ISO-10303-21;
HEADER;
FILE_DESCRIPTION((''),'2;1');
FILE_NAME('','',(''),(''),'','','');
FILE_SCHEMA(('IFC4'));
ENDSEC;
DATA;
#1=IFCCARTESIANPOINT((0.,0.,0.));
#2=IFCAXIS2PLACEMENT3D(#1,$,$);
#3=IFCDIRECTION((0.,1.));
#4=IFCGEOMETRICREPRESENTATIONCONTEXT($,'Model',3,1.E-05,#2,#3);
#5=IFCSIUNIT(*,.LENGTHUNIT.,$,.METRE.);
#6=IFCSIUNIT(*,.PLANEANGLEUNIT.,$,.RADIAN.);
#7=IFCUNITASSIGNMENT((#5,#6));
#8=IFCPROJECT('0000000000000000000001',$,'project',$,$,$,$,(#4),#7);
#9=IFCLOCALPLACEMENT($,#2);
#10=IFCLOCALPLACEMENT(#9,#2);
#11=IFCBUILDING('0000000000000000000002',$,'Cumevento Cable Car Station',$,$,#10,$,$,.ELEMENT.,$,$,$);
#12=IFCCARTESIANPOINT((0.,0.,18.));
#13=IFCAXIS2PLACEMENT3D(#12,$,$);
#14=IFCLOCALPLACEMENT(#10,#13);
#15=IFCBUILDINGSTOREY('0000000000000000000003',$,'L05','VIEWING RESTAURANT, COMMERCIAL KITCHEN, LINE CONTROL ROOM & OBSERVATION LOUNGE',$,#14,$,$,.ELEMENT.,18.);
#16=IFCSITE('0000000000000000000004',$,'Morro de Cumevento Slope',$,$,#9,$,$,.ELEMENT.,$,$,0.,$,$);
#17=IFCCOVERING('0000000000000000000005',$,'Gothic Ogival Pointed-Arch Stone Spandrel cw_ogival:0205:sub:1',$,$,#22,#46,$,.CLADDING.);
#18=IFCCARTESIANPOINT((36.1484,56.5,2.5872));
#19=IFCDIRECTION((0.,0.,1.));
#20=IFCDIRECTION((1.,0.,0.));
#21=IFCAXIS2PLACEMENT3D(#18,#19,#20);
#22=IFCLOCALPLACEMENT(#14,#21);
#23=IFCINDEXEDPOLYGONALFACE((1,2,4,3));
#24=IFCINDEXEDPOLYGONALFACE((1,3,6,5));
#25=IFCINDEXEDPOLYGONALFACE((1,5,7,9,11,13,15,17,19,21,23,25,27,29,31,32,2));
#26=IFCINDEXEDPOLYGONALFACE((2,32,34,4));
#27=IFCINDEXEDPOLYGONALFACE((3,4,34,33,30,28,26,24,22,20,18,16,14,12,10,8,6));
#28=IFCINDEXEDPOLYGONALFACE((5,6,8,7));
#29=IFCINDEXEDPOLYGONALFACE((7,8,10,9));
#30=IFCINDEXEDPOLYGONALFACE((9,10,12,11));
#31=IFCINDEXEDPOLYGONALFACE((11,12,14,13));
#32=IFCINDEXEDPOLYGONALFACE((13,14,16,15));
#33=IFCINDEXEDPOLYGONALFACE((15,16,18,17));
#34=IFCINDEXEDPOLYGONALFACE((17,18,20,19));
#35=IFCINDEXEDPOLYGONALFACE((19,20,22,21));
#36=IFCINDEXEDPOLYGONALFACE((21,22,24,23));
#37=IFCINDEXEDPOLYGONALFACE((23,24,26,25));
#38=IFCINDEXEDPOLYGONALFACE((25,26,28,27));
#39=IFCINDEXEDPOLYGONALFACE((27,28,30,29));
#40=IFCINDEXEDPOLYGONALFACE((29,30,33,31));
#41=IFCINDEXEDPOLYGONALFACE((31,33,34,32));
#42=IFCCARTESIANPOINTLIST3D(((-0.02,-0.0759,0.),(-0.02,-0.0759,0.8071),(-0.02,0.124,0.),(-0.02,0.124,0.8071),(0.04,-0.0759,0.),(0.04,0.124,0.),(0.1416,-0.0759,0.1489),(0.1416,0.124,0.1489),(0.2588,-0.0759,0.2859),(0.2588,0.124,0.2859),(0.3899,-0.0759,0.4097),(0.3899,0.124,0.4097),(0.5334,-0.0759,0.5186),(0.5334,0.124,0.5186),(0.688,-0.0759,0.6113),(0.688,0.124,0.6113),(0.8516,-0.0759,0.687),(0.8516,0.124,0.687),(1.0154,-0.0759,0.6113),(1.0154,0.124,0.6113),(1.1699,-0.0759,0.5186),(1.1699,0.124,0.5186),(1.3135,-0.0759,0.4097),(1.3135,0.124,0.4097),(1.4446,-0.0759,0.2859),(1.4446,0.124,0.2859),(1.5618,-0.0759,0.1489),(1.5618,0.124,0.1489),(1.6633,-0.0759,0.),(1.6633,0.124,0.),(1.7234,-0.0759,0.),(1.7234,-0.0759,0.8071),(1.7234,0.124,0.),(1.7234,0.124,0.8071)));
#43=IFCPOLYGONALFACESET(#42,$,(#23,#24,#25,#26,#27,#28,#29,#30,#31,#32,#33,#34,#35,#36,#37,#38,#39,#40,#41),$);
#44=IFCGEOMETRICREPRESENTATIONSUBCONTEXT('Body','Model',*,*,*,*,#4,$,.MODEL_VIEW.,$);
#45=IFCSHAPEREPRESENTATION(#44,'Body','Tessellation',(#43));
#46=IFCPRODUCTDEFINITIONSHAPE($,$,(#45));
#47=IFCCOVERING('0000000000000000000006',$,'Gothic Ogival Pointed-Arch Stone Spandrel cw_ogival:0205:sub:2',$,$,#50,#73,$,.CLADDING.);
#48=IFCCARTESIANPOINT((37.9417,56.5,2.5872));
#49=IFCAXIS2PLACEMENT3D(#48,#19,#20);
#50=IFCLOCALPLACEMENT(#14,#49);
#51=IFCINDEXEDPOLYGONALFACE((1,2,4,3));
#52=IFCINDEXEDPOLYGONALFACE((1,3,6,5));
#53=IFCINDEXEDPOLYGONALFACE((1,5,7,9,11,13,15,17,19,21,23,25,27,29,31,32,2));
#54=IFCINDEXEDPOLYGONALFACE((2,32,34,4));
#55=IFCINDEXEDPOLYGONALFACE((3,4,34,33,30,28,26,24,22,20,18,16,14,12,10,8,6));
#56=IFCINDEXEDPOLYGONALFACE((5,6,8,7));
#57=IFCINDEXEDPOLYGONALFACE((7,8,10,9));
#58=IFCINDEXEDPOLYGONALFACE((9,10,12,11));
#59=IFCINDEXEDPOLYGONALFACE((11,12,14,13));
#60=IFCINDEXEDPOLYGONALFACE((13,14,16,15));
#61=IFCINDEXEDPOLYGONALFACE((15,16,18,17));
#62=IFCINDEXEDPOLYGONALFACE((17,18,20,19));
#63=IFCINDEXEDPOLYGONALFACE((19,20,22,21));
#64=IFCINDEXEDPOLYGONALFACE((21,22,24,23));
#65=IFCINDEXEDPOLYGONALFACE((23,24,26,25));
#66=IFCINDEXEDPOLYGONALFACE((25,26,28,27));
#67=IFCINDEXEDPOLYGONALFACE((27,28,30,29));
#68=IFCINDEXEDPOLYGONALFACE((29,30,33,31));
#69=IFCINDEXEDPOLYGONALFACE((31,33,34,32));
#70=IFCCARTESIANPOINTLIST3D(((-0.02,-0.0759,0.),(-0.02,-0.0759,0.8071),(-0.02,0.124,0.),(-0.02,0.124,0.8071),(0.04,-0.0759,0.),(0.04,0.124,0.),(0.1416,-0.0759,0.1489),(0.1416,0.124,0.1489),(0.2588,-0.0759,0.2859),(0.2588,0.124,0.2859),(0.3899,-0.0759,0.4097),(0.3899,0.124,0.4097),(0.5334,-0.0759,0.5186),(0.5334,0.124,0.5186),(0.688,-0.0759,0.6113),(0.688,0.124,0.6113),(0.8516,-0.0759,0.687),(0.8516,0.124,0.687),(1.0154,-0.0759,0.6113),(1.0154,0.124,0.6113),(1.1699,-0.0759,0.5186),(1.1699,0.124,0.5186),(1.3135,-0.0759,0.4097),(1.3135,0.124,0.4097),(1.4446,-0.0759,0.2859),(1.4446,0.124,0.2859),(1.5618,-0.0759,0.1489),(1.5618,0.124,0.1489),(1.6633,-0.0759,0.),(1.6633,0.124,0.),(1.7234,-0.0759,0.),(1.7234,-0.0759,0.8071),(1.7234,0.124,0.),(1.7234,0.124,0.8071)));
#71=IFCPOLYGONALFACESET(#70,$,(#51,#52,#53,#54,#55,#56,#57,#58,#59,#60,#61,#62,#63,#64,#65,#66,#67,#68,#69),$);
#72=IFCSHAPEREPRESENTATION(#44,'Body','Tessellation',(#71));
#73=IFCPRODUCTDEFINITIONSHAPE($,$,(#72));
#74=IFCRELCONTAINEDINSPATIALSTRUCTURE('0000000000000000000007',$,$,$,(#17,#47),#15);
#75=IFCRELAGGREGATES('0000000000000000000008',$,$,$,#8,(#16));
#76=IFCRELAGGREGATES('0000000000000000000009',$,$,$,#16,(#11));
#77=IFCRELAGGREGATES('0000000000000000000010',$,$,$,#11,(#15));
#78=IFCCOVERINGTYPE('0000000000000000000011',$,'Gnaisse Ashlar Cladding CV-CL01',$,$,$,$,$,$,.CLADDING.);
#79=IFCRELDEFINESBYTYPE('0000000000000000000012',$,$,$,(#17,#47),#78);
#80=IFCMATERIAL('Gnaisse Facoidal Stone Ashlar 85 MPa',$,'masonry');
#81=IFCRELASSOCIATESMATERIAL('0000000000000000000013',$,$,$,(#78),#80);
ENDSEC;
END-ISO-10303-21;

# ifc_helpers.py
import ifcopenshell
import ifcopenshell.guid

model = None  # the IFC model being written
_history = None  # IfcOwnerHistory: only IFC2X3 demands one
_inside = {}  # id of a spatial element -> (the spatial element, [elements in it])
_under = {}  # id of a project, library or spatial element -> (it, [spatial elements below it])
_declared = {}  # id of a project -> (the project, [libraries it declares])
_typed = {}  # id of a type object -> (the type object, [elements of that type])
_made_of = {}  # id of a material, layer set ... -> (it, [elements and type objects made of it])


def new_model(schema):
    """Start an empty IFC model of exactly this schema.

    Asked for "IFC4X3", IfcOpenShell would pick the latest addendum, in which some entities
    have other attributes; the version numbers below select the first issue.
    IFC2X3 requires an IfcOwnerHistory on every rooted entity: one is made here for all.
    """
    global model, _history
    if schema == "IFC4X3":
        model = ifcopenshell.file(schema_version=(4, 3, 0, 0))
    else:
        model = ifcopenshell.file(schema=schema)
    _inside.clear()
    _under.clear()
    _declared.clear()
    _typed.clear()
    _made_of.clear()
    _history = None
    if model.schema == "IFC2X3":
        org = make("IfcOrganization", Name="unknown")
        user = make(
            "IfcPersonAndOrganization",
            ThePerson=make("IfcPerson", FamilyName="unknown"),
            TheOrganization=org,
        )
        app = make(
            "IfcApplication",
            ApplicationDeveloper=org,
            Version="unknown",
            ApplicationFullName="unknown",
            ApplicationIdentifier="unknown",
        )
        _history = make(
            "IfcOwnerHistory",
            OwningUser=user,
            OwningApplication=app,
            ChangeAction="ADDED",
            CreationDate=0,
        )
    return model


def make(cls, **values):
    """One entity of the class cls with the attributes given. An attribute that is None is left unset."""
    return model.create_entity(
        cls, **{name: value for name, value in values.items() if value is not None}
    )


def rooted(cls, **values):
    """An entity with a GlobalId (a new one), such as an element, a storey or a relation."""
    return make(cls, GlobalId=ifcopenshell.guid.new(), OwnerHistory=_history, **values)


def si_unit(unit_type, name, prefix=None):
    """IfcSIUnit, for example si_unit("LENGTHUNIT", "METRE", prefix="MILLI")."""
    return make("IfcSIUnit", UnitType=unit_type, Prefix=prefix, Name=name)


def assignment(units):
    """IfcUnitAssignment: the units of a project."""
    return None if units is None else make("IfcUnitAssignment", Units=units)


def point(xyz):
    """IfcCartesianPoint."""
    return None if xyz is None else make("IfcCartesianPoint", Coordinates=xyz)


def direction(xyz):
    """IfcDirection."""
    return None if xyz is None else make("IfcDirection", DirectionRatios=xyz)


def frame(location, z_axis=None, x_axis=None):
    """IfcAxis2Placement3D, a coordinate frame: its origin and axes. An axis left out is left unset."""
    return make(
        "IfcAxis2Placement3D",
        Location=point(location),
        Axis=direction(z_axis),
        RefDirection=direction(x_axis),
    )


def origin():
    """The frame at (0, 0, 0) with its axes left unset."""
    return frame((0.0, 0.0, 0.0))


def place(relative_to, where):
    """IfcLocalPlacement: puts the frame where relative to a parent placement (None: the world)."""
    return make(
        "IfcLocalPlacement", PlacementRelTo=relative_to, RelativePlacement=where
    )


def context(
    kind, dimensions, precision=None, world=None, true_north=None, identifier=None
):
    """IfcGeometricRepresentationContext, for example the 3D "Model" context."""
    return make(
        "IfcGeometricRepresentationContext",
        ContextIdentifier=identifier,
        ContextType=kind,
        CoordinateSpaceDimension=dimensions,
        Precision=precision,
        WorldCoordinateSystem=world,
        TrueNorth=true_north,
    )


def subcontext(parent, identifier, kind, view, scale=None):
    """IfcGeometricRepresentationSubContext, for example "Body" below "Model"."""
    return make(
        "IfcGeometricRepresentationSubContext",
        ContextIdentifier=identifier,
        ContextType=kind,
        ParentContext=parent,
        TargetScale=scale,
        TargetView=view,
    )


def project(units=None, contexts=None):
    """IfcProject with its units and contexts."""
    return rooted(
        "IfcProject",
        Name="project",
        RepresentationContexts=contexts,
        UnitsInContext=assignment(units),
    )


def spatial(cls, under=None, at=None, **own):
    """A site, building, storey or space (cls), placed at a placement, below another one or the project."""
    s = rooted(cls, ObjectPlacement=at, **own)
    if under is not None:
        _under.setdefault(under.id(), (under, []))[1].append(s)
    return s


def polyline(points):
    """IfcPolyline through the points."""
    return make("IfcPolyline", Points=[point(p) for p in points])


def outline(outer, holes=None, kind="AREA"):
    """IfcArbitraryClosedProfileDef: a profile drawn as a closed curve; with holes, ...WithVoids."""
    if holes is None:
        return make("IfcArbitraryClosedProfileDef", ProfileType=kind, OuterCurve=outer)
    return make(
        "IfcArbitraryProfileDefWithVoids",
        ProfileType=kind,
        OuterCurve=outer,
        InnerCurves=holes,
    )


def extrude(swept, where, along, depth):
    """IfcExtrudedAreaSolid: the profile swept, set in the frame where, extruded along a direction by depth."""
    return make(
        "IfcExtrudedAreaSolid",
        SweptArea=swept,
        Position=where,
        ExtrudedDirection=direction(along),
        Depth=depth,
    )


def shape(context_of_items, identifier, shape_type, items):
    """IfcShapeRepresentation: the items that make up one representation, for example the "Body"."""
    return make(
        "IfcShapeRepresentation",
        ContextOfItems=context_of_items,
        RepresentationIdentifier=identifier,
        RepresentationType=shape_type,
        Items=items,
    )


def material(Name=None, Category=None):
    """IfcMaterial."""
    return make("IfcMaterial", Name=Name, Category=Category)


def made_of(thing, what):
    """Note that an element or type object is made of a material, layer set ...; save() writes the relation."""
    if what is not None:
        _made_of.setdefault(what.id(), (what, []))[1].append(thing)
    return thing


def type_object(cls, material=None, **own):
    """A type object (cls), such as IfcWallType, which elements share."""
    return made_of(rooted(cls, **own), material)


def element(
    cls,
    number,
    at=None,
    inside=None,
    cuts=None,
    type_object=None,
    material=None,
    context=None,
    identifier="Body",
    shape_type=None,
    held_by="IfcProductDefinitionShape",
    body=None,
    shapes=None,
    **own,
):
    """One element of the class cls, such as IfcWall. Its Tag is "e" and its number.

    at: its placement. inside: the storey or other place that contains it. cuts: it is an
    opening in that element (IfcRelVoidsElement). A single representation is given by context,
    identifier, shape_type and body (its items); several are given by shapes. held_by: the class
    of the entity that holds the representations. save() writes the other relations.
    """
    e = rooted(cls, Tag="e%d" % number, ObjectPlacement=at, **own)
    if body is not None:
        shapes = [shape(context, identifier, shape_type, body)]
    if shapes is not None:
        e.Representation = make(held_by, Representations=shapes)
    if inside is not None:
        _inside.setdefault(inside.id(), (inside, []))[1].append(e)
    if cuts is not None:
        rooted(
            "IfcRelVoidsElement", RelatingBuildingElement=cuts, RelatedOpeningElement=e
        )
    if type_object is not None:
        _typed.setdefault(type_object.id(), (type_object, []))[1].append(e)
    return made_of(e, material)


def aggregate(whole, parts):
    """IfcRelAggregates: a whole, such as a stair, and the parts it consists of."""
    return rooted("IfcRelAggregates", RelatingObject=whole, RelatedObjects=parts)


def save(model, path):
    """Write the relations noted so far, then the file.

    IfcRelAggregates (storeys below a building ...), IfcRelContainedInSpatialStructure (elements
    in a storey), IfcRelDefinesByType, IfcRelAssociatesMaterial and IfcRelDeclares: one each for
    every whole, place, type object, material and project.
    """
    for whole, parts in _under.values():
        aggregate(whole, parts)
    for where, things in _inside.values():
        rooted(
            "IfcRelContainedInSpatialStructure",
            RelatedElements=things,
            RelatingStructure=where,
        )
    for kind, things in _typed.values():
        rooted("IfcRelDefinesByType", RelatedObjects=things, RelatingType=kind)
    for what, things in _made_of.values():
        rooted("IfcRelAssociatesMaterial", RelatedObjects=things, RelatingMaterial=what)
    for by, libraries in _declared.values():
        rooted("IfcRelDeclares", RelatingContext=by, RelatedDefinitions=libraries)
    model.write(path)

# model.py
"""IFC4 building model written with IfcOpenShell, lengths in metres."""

from ifc_helpers import new_model, si_unit, direction, frame, origin, place, context, subcontext, project, spatial, polyline, outline, extrude, material, type_object, element, save


model = new_model("IFC4")

# Units and contexts
model_context = context("Model", 3, precision=1e-05, world=origin(), true_north=direction((0.0, 1.0)))
body_context = subcontext(model_context, "Body", "Model", "MODEL_VIEW")
ifc_project = project(units=[si_unit("LENGTHUNIT", "METRE"), si_unit("PLANEANGLEUNIT", "RADIAN")], contexts=[model_context])

# Site, building, storey
site_placement = place(None, origin())
site = spatial("IfcSite", under=ifc_project, at=site_placement, Name="Morro de Cumevento Slope", CompositionType="ELEMENT", RefElevation=0.0)
building_placement = place(site_placement, origin())
building = spatial("IfcBuilding", under=site, at=building_placement, Name="Cumevento Cable Car Station", CompositionType="ELEMENT")
storey_placement = place(building_placement, frame((0.0, 0.0, 18.0)))
storey = spatial("IfcBuildingStorey", under=building, at=storey_placement, Name="L05", Description="VIEWING RESTAURANT, COMMERCIAL KITCHEN, LINE CONTROL ROOM & OBSERVATION LOUNGE", CompositionType="ELEMENT", Elevation=18.0)

# Coverings
ifc_material_1 = material(Name="Gnaisse Facoidal Stone Ashlar 85 MPa", Category="masonry")
covering_type = type_object("IfcCoveringType", Name="Gnaisse Ashlar Cladding CV-CL01", PredefinedType="CLADDING", material=ifc_material_1)
for number, where, z_axis, x_axis, name in (
    (1, (36.1484, 56.5, 2.5872), (0.0, 0.0, 1.0), (1.0, 0.0, 0.0), "Gothic Ogival Pointed-Arch Stone Spandrel cw_ogival:0205:sub:1"),
    (2, (37.9417, 56.5, 2.5872), (0.0, 0.0, 1.0), (1.0, 0.0, 0.0), "Gothic Ogival Pointed-Arch Stone Spandrel cw_ogival:0205:sub:2"),
):
    element("IfcCovering", number, at=place(storey_placement, frame(where, z_axis=z_axis, x_axis=x_axis)), inside=storey, type_object=covering_type, Name=name, PredefinedType="CLADDING", context=body_context, shape_type="SweptSolid", body=[
        extrude(outline(polyline([(-0.02, 0.0), (-0.02, 0.8071), (1.7234, 0.8071), (1.7234, 0.0), (1.6633, 0.0), (1.5618, 0.1489), (1.4446, 0.2859), (1.3135, 0.4097), (1.1699, 0.5186), (1.0154, 0.6113), (0.8516, 0.687), (0.688, 0.6113), (0.5334, 0.5186), (0.3899, 0.4097), (0.2588, 0.2859), (0.1416, 0.1489), (0.04, 0.0), (-0.02, 0.0)])), frame((0.0, 0.124, 0.0), z_axis=(0.0, -1.0, 0.0), x_axis=(1.0, 0.0, 0.0)), (0.0, 0.0, 1.0), 0.2),
    ])

save(model, "model.ifc")
